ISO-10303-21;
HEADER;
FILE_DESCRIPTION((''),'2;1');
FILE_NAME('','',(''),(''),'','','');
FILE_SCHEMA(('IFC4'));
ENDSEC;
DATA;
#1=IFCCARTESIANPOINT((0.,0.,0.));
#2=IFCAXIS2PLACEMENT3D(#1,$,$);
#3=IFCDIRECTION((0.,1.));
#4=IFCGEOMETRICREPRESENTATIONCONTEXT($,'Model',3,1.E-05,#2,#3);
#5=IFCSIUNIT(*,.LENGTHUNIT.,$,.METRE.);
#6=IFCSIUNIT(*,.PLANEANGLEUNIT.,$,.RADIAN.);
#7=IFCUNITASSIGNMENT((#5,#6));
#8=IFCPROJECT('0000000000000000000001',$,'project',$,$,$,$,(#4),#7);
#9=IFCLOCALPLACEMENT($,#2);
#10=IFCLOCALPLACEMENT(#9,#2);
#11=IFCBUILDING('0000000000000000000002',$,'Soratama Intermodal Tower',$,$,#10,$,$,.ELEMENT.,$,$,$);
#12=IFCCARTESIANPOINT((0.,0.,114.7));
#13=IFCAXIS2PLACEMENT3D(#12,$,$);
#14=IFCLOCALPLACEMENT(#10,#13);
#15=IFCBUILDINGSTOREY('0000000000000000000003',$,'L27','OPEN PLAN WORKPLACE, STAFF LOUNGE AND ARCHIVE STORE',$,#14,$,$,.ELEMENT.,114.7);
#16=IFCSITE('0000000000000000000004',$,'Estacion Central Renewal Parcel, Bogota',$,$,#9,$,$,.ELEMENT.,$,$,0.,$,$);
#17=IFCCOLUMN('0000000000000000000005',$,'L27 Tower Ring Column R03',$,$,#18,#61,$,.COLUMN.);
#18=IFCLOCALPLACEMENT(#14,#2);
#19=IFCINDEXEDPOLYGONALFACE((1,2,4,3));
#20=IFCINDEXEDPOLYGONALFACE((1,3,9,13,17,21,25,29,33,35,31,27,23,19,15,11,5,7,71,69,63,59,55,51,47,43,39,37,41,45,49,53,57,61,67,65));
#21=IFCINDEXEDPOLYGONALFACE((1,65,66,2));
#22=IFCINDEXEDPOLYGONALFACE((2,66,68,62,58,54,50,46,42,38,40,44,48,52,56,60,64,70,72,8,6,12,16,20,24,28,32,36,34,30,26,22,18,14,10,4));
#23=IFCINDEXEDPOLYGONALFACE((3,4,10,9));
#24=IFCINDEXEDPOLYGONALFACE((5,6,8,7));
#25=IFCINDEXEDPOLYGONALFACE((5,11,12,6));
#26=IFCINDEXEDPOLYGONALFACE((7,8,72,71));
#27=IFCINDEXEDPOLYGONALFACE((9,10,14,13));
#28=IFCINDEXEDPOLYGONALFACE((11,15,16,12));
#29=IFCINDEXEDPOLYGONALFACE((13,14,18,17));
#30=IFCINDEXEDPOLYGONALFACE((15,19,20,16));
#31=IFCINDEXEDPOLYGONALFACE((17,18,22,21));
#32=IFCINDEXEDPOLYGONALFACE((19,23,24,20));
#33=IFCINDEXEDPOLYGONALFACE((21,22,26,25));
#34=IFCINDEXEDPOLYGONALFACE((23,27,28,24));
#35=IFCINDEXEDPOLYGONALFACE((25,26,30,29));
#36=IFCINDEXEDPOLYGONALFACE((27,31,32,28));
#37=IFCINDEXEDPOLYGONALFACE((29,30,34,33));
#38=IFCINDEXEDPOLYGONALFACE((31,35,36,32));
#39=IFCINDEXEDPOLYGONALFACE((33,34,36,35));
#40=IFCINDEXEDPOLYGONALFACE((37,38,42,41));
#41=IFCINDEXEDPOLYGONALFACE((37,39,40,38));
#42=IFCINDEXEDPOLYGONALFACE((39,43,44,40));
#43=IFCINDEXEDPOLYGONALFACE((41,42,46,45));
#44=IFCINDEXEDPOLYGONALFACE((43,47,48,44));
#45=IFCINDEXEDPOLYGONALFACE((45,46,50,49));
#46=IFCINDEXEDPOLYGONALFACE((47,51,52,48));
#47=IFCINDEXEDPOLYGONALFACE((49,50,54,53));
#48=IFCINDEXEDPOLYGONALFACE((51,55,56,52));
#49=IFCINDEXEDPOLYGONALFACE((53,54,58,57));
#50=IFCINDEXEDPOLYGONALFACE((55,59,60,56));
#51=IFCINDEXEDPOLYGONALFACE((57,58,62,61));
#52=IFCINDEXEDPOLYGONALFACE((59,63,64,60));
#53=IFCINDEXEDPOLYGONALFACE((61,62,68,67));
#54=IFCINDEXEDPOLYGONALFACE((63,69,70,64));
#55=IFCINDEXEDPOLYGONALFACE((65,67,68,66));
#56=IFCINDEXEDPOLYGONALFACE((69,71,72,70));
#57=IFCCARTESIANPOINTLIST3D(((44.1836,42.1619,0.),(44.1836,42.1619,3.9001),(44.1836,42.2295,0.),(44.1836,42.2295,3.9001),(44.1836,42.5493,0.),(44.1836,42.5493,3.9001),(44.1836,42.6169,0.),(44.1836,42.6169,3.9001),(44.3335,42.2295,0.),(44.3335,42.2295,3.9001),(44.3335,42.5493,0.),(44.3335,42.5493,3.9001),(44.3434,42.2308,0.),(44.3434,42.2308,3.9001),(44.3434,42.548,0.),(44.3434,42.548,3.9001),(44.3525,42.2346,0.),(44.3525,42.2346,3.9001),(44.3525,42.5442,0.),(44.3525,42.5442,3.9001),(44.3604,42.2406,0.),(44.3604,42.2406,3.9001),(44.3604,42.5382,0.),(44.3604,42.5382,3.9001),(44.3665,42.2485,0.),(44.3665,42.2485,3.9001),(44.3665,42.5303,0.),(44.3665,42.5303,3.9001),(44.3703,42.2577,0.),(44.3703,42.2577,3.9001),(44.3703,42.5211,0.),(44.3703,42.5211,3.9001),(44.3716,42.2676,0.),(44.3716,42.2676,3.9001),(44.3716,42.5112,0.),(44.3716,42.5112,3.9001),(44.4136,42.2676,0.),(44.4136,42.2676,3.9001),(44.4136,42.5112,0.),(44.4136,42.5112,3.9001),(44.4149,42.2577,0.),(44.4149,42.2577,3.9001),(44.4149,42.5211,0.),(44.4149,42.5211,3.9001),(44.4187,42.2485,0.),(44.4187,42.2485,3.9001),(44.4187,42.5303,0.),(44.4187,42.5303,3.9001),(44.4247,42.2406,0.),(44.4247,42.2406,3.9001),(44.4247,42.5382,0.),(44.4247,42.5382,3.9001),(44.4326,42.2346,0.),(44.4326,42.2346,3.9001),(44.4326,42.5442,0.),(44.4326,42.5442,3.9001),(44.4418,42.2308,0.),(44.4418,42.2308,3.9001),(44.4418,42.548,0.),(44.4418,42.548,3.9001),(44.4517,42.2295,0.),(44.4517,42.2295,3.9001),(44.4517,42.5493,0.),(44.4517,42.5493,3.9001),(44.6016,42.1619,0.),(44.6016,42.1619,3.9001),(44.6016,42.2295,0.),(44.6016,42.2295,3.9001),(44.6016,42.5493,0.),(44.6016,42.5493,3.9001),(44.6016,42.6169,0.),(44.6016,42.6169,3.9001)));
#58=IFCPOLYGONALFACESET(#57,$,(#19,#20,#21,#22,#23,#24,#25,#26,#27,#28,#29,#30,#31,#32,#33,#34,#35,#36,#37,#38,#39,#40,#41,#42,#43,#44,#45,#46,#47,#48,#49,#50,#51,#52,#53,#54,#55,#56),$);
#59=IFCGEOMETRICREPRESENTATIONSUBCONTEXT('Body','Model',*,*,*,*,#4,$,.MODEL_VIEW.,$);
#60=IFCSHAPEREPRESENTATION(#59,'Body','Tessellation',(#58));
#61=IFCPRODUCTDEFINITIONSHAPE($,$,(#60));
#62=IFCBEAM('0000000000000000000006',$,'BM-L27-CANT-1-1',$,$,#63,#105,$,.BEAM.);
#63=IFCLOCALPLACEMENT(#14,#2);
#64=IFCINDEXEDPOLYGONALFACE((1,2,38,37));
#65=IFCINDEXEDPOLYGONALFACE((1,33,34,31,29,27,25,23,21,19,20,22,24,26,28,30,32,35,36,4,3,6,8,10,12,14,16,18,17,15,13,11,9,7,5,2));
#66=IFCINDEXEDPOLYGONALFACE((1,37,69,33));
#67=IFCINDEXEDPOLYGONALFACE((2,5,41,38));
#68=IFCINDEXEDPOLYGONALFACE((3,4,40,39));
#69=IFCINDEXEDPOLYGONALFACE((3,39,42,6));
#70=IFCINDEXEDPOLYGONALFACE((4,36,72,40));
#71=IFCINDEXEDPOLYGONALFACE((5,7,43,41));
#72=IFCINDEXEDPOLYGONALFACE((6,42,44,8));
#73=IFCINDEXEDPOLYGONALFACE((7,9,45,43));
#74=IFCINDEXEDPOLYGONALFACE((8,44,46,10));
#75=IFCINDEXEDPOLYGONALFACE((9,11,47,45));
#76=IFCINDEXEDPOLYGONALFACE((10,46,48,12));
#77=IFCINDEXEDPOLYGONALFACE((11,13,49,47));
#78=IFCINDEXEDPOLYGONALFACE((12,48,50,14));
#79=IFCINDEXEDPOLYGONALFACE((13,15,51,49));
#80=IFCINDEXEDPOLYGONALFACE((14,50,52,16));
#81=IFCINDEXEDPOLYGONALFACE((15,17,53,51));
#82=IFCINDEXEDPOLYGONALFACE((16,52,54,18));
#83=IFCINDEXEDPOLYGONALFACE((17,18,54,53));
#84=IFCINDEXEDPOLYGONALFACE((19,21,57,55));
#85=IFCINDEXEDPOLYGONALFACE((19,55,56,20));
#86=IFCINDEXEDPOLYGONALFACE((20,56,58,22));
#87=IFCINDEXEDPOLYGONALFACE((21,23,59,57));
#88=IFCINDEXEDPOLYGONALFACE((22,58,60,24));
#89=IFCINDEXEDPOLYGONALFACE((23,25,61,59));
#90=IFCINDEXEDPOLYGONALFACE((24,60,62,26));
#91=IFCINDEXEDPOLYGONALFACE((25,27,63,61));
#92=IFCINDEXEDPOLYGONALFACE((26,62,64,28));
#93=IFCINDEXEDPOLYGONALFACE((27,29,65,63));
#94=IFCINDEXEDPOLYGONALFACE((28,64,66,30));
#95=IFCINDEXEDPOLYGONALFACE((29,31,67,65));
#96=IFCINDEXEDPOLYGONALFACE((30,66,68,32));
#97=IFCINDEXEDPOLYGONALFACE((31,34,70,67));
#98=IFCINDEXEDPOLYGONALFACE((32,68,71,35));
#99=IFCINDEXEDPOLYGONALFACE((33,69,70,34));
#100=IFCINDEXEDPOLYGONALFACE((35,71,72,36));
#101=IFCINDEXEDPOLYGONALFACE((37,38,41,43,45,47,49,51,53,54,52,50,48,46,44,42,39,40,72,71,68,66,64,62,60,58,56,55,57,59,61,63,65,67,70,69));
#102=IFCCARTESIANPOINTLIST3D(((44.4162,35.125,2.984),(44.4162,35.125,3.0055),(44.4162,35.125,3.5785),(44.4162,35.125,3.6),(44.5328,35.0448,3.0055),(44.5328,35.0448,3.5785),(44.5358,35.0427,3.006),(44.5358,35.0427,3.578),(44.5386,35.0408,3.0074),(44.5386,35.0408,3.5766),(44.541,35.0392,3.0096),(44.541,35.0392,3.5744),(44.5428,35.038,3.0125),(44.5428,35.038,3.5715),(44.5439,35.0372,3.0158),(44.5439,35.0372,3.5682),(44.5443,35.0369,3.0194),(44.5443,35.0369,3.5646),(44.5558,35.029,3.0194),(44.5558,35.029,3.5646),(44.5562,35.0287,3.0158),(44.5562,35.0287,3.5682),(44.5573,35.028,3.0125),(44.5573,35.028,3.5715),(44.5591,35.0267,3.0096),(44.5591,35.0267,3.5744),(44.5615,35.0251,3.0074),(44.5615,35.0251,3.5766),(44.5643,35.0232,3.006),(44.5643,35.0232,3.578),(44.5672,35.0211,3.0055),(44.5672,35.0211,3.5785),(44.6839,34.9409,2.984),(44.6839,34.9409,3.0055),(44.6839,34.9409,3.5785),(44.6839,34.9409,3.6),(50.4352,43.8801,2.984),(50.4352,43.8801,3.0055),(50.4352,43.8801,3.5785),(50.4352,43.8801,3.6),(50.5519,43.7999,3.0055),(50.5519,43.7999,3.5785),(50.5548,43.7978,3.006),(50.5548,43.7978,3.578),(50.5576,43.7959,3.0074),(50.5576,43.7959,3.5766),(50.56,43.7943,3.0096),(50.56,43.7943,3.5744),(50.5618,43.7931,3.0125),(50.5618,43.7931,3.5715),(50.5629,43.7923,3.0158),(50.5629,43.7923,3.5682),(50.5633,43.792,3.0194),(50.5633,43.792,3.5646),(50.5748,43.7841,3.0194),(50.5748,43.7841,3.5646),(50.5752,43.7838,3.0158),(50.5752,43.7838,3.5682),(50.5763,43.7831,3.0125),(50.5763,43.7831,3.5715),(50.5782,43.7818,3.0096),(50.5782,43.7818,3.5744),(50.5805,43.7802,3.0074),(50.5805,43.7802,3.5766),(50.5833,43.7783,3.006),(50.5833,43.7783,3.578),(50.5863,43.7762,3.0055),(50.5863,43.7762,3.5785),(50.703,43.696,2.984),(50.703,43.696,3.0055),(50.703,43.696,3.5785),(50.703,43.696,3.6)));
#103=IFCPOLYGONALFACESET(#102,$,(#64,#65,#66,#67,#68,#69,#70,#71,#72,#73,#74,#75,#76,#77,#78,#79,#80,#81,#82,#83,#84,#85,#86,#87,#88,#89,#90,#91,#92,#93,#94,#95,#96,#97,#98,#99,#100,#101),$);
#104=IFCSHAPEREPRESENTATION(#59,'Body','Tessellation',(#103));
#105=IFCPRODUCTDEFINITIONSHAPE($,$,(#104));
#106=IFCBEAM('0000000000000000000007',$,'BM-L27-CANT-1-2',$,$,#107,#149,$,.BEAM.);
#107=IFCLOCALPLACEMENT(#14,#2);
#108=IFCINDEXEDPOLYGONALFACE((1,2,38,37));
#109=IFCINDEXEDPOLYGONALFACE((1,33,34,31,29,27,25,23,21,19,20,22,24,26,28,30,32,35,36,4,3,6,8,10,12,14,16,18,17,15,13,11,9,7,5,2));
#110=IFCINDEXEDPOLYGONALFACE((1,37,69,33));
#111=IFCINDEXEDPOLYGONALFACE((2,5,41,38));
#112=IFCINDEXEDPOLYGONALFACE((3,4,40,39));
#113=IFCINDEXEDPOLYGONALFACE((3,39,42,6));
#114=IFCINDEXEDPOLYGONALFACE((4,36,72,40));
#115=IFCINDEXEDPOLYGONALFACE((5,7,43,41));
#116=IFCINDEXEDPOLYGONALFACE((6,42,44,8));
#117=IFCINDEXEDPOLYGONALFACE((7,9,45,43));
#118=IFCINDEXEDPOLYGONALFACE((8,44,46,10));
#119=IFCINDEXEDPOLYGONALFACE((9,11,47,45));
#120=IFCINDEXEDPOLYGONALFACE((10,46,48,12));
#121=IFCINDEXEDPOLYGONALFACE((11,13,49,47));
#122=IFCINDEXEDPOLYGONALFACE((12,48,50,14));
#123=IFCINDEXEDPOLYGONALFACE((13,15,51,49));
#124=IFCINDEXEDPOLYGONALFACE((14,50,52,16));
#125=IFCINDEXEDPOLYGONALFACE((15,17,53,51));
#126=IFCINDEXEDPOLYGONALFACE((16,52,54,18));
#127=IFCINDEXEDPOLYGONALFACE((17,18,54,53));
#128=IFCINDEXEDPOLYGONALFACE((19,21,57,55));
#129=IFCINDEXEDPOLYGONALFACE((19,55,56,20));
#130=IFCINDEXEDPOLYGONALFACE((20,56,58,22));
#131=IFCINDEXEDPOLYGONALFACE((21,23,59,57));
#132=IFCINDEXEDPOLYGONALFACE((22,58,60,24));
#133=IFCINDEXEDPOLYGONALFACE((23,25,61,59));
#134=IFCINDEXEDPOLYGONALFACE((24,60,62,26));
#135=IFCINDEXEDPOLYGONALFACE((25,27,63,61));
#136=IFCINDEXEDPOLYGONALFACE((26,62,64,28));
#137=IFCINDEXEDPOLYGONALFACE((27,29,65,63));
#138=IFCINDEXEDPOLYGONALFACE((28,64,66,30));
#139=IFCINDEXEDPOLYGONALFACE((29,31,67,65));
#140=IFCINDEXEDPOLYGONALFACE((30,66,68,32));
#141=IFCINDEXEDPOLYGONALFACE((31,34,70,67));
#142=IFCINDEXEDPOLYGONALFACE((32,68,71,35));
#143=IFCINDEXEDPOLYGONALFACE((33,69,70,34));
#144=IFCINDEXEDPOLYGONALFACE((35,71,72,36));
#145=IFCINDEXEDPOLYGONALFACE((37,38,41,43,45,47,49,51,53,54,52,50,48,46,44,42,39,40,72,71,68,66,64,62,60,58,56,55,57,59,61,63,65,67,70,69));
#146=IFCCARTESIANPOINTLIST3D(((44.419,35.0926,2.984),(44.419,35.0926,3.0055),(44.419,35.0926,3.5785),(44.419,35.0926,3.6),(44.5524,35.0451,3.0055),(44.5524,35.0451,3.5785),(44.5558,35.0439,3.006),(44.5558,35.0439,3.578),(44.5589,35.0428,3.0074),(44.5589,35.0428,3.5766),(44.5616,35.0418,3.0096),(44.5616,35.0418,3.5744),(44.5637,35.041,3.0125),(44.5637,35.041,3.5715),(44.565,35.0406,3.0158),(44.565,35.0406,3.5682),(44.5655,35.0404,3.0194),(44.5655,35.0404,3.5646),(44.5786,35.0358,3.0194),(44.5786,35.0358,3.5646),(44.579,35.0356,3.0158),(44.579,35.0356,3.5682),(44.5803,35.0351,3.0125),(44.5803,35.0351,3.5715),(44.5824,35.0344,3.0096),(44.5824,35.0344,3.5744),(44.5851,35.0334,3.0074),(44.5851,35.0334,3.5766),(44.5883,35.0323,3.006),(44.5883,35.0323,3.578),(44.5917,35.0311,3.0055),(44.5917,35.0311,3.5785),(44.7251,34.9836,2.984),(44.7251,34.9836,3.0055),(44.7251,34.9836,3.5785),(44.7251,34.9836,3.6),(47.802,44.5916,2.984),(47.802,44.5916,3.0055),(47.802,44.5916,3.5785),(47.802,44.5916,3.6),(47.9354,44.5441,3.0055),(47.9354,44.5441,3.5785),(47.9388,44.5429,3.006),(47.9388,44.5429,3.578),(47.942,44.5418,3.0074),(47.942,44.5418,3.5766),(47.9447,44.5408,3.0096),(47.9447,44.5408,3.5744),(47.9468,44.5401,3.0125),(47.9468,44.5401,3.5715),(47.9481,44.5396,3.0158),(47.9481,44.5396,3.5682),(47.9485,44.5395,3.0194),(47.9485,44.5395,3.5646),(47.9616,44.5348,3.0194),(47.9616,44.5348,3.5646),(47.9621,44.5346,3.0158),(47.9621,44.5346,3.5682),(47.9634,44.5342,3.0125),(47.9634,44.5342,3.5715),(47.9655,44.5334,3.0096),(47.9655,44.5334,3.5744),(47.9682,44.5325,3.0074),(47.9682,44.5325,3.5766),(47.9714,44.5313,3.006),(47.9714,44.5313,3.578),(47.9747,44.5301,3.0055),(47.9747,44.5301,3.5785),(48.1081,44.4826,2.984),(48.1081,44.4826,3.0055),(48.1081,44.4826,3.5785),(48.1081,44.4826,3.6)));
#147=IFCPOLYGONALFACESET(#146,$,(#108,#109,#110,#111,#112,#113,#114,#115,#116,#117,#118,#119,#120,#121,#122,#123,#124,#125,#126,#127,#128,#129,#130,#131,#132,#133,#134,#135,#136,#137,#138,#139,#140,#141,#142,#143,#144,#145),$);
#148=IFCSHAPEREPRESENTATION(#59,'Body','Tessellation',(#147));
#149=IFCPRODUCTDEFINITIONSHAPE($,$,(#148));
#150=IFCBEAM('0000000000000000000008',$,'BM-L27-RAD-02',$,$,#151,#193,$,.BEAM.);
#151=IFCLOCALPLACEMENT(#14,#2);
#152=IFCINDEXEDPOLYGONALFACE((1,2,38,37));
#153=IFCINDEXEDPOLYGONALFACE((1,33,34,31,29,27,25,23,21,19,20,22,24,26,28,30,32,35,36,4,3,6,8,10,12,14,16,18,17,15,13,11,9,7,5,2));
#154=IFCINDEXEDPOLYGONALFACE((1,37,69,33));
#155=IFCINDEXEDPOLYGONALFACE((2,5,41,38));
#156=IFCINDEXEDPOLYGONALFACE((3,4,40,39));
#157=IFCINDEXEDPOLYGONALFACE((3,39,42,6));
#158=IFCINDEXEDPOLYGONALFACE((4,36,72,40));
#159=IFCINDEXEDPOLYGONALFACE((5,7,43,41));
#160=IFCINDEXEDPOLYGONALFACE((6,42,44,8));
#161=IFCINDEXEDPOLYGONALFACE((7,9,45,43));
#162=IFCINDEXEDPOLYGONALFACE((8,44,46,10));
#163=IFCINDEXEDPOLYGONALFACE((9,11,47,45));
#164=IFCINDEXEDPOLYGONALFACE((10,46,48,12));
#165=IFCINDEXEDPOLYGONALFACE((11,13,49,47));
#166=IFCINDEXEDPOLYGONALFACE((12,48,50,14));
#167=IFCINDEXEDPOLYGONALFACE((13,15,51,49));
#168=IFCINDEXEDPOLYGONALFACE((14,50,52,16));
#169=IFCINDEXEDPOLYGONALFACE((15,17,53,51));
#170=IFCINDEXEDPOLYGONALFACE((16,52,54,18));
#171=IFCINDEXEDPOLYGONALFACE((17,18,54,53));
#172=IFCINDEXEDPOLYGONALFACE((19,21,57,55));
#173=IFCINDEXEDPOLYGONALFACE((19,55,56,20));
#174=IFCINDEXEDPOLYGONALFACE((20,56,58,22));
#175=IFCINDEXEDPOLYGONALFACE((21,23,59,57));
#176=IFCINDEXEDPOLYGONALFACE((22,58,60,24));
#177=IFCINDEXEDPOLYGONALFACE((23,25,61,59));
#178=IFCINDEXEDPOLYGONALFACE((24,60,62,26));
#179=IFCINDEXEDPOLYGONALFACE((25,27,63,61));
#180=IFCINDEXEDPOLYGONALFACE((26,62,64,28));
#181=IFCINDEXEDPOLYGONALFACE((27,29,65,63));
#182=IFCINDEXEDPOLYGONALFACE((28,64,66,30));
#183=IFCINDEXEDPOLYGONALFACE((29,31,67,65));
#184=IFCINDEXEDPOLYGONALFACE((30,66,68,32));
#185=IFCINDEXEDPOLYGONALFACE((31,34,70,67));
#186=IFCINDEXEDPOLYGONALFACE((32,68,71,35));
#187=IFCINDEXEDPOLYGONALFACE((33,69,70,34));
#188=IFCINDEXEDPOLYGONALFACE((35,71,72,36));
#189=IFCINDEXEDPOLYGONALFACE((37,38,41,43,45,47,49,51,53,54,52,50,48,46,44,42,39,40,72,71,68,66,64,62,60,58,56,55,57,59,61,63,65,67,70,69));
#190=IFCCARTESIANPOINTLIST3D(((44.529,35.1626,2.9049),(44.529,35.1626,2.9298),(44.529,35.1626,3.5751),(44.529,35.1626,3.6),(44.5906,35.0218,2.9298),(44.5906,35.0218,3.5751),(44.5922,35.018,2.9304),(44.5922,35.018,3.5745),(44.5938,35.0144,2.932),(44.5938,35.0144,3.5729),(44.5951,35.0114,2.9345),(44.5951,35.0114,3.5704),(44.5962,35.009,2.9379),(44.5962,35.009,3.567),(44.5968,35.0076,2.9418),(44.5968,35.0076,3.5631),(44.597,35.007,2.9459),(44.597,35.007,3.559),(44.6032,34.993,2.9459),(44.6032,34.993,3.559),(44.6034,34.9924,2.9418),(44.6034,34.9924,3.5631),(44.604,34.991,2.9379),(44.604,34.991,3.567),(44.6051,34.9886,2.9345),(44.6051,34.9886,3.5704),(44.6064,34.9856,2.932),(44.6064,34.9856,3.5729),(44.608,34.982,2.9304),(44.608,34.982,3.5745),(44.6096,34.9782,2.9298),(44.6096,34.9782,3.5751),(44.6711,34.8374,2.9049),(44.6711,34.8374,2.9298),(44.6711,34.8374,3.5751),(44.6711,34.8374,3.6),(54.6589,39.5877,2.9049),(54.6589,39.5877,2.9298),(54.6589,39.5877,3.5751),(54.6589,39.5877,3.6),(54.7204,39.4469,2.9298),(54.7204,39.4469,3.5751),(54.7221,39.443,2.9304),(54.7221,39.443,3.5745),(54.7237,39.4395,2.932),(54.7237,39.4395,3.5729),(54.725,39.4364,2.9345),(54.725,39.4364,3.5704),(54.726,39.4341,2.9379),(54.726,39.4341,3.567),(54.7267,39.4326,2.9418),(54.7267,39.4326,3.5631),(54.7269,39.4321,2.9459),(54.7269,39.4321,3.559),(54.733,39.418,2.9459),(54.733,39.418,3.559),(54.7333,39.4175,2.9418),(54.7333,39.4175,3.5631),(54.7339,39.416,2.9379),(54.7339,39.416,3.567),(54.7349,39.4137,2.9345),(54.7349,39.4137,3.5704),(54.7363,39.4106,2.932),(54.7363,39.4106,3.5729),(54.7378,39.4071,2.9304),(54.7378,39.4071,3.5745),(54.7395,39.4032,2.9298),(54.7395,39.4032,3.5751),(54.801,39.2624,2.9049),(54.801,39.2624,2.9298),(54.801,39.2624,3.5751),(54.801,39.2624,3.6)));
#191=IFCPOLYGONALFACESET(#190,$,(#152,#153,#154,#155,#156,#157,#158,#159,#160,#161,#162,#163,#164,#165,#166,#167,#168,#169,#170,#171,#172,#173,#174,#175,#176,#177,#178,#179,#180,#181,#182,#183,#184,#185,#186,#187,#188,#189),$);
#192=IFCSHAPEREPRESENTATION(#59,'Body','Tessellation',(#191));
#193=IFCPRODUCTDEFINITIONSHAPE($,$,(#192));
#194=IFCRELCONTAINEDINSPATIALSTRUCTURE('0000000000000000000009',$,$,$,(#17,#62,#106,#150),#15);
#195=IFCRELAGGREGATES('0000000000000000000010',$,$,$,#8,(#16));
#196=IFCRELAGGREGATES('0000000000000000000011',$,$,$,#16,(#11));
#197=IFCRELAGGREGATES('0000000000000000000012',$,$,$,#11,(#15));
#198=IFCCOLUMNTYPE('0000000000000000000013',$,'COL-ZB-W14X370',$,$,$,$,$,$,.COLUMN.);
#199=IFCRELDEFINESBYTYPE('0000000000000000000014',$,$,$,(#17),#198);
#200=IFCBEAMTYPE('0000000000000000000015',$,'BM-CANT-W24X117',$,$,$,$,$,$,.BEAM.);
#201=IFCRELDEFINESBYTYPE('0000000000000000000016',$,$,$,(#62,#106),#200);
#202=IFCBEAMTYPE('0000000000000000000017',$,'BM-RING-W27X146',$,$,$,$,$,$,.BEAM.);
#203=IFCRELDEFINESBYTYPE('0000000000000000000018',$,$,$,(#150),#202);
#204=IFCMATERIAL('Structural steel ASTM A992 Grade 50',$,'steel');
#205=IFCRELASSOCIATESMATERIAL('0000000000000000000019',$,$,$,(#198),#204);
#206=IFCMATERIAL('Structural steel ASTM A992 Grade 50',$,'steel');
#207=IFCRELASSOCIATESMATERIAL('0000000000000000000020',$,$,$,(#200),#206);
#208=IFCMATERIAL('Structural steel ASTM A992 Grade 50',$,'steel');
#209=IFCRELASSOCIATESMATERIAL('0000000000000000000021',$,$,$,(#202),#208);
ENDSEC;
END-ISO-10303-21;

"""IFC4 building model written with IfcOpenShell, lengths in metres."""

from ifc_helpers import new_model, si_unit, direction, frame, origin, origin_2d, place, context, subcontext, project, spatial, i_section, extrude, material, material_profile, profile_set, type_object, element, save


model = new_model("IFC4")

# Units and contexts
model_context = context("Model", 3, precision=1e-05, world=origin(), true_north=direction((0.0, 1.0)))
body_context = subcontext(model_context, "Body", "Model", "MODEL_VIEW")
ifc_project = project(units=[si_unit("LENGTHUNIT", "METRE"), si_unit("PLANEANGLEUNIT", "RADIAN")], contexts=[model_context])

# Site, building, storey
site_placement = place(None, origin())
site = spatial("IfcSite", under=ifc_project, at=site_placement, Name="Estacion Central Renewal Parcel, Bogota", CompositionType="ELEMENT", RefElevation=0.0)
building_placement = place(site_placement, origin())
building = spatial("IfcBuilding", under=site, at=building_placement, Name="Soratama Intermodal Tower", CompositionType="ELEMENT")
storey_placement = place(building_placement, frame((0.0, 0.0, 114.7)))
storey = spatial("IfcBuildingStorey", under=building, at=storey_placement, Name="L27", Description="OPEN PLAN WORKPLACE, STAFF LOUNGE AND ARCHIVE STORE", CompositionType="ELEMENT", Elevation=114.7)

# Column
ifc_material_1 = material(Name="Structural steel ASTM A992 Grade 50", Category="steel")
ifc_material_profile_1 = material_profile(ifc_material_1, i_section(OverallWidth=0.418, OverallDepth=0.4551, WebThickness=0.042, FlangeThickness=0.0676, FilletRadius=0.0381, at=origin_2d()), Name="W14X370")
ifc_profile_set_1 = profile_set([ifc_material_profile_1], Name="Structural steel ASTM A992 Grade 50")
column_type = type_object("IfcColumnType", Name="COL-ZB-W14X370", PredefinedType="COLUMN", material=ifc_profile_set_1)
column_placement = place(storey_placement, frame((44.3926, 42.3894, 0.0), z_axis=(0.0, 0.0, 1.0), x_axis=(1.0, 0.0, 0.0)))
element("IfcColumn", 1, at=column_placement, inside=storey, type_object=column_type, Name="L27 Tower Ring Column R03", PredefinedType="COLUMN", context=body_context, shape_type="SweptSolid", body=[
    extrude(i_section(OverallWidth=0.418, OverallDepth=0.4551, WebThickness=0.042, FlangeThickness=0.0676, FilletRadius=0.0381, at=origin_2d()), origin(), (0.0, 0.0, 1.0), 3.9001),
])

# Beams
ifc_material_2 = material(Name="Structural steel ASTM A992 Grade 50", Category="steel")
ifc_material_profile_2 = material_profile(ifc_material_2, i_section(OverallWidth=0.325, OverallDepth=0.616, WebThickness=0.0139, FlangeThickness=0.0215, FilletRadius=0.0139, at=origin_2d()), Name="W24X117")
ifc_profile_set_2 = profile_set([ifc_material_profile_2], Name="Structural steel ASTM A992 Grade 50")
beam_type_1 = type_object("IfcBeamType", Name="BM-CANT-W24X117", PredefinedType="BEAM", material=ifc_profile_set_2)
beam_1_placement = place(storey_placement, frame((44.55, 35.033, 3.292), z_axis=(0.566522, 0.824047, 0.0), x_axis=(-0.824047, 0.566522, 0.0)))
element("IfcBeam", 2, at=beam_1_placement, inside=storey, type_object=beam_type_1, Name="BM-L27-CANT-1-1", PredefinedType="BEAM", context=body_context, shape_type="SweptSolid", body=[
    extrude(i_section(OverallWidth=0.325, OverallDepth=0.616, WebThickness=0.0139, FlangeThickness=0.0215, FilletRadius=0.0139, at=origin_2d()), origin(), (0.0, 0.0, 1.0), 10.6245),
])
beam_2_placement = place(storey_placement, frame((44.572, 35.0381, 3.292), z_axis=(0.335505, 0.942038, 0.0), x_axis=(-0.942038, 0.335505, 0.0)))
element("IfcBeam", 3, at=beam_2_placement, inside=storey, type_object=beam_type_1, Name="BM-L27-CANT-1-2", PredefinedType="BEAM", context=body_context, shape_type="SweptSolid", body=[
    extrude(i_section(OverallWidth=0.325, OverallDepth=0.616, WebThickness=0.0139, FlangeThickness=0.0215, FilletRadius=0.0139, at=origin_2d()), origin(), (0.0, 0.0, 1.0), 10.0835),
])
ifc_material_3 = material(Name="Structural steel ASTM A992 Grade 50", Category="steel")
ifc_material_profile_3 = material_profile(ifc_material_3, i_section(OverallWidth=0.355, OverallDepth=0.6951, WebThickness=0.0154, FlangeThickness=0.0249, FilletRadius=0.0161, at=origin_2d()), Name="W27X146")
ifc_profile_set_3 = profile_set([ifc_material_profile_3], Name="Structural steel ASTM A992 Grade 50")
beam_type_2 = type_object("IfcBeamType", Name="BM-RING-W27X146", PredefinedType="BEAM", material=ifc_profile_set_3)
beam_3_placement = place(storey_placement, frame((44.6001, 35.0, 3.2524), z_axis=(0.916382, 0.400304, 0.0), x_axis=(-0.400304, 0.916382, 0.0)))
element("IfcBeam", 4, at=beam_3_placement, inside=storey, type_object=beam_type_2, Name="BM-L27-RAD-02", PredefinedType="BEAM", context=body_context, shape_type="SweptSolid", body=[
    extrude(i_section(OverallWidth=0.355, OverallDepth=0.6951, WebThickness=0.0154, FlangeThickness=0.0249, FilletRadius=0.0161, at=origin_2d()), origin(), (0.0, 0.0, 1.0), 11.0542),
])

save(model, "model.ifc")
